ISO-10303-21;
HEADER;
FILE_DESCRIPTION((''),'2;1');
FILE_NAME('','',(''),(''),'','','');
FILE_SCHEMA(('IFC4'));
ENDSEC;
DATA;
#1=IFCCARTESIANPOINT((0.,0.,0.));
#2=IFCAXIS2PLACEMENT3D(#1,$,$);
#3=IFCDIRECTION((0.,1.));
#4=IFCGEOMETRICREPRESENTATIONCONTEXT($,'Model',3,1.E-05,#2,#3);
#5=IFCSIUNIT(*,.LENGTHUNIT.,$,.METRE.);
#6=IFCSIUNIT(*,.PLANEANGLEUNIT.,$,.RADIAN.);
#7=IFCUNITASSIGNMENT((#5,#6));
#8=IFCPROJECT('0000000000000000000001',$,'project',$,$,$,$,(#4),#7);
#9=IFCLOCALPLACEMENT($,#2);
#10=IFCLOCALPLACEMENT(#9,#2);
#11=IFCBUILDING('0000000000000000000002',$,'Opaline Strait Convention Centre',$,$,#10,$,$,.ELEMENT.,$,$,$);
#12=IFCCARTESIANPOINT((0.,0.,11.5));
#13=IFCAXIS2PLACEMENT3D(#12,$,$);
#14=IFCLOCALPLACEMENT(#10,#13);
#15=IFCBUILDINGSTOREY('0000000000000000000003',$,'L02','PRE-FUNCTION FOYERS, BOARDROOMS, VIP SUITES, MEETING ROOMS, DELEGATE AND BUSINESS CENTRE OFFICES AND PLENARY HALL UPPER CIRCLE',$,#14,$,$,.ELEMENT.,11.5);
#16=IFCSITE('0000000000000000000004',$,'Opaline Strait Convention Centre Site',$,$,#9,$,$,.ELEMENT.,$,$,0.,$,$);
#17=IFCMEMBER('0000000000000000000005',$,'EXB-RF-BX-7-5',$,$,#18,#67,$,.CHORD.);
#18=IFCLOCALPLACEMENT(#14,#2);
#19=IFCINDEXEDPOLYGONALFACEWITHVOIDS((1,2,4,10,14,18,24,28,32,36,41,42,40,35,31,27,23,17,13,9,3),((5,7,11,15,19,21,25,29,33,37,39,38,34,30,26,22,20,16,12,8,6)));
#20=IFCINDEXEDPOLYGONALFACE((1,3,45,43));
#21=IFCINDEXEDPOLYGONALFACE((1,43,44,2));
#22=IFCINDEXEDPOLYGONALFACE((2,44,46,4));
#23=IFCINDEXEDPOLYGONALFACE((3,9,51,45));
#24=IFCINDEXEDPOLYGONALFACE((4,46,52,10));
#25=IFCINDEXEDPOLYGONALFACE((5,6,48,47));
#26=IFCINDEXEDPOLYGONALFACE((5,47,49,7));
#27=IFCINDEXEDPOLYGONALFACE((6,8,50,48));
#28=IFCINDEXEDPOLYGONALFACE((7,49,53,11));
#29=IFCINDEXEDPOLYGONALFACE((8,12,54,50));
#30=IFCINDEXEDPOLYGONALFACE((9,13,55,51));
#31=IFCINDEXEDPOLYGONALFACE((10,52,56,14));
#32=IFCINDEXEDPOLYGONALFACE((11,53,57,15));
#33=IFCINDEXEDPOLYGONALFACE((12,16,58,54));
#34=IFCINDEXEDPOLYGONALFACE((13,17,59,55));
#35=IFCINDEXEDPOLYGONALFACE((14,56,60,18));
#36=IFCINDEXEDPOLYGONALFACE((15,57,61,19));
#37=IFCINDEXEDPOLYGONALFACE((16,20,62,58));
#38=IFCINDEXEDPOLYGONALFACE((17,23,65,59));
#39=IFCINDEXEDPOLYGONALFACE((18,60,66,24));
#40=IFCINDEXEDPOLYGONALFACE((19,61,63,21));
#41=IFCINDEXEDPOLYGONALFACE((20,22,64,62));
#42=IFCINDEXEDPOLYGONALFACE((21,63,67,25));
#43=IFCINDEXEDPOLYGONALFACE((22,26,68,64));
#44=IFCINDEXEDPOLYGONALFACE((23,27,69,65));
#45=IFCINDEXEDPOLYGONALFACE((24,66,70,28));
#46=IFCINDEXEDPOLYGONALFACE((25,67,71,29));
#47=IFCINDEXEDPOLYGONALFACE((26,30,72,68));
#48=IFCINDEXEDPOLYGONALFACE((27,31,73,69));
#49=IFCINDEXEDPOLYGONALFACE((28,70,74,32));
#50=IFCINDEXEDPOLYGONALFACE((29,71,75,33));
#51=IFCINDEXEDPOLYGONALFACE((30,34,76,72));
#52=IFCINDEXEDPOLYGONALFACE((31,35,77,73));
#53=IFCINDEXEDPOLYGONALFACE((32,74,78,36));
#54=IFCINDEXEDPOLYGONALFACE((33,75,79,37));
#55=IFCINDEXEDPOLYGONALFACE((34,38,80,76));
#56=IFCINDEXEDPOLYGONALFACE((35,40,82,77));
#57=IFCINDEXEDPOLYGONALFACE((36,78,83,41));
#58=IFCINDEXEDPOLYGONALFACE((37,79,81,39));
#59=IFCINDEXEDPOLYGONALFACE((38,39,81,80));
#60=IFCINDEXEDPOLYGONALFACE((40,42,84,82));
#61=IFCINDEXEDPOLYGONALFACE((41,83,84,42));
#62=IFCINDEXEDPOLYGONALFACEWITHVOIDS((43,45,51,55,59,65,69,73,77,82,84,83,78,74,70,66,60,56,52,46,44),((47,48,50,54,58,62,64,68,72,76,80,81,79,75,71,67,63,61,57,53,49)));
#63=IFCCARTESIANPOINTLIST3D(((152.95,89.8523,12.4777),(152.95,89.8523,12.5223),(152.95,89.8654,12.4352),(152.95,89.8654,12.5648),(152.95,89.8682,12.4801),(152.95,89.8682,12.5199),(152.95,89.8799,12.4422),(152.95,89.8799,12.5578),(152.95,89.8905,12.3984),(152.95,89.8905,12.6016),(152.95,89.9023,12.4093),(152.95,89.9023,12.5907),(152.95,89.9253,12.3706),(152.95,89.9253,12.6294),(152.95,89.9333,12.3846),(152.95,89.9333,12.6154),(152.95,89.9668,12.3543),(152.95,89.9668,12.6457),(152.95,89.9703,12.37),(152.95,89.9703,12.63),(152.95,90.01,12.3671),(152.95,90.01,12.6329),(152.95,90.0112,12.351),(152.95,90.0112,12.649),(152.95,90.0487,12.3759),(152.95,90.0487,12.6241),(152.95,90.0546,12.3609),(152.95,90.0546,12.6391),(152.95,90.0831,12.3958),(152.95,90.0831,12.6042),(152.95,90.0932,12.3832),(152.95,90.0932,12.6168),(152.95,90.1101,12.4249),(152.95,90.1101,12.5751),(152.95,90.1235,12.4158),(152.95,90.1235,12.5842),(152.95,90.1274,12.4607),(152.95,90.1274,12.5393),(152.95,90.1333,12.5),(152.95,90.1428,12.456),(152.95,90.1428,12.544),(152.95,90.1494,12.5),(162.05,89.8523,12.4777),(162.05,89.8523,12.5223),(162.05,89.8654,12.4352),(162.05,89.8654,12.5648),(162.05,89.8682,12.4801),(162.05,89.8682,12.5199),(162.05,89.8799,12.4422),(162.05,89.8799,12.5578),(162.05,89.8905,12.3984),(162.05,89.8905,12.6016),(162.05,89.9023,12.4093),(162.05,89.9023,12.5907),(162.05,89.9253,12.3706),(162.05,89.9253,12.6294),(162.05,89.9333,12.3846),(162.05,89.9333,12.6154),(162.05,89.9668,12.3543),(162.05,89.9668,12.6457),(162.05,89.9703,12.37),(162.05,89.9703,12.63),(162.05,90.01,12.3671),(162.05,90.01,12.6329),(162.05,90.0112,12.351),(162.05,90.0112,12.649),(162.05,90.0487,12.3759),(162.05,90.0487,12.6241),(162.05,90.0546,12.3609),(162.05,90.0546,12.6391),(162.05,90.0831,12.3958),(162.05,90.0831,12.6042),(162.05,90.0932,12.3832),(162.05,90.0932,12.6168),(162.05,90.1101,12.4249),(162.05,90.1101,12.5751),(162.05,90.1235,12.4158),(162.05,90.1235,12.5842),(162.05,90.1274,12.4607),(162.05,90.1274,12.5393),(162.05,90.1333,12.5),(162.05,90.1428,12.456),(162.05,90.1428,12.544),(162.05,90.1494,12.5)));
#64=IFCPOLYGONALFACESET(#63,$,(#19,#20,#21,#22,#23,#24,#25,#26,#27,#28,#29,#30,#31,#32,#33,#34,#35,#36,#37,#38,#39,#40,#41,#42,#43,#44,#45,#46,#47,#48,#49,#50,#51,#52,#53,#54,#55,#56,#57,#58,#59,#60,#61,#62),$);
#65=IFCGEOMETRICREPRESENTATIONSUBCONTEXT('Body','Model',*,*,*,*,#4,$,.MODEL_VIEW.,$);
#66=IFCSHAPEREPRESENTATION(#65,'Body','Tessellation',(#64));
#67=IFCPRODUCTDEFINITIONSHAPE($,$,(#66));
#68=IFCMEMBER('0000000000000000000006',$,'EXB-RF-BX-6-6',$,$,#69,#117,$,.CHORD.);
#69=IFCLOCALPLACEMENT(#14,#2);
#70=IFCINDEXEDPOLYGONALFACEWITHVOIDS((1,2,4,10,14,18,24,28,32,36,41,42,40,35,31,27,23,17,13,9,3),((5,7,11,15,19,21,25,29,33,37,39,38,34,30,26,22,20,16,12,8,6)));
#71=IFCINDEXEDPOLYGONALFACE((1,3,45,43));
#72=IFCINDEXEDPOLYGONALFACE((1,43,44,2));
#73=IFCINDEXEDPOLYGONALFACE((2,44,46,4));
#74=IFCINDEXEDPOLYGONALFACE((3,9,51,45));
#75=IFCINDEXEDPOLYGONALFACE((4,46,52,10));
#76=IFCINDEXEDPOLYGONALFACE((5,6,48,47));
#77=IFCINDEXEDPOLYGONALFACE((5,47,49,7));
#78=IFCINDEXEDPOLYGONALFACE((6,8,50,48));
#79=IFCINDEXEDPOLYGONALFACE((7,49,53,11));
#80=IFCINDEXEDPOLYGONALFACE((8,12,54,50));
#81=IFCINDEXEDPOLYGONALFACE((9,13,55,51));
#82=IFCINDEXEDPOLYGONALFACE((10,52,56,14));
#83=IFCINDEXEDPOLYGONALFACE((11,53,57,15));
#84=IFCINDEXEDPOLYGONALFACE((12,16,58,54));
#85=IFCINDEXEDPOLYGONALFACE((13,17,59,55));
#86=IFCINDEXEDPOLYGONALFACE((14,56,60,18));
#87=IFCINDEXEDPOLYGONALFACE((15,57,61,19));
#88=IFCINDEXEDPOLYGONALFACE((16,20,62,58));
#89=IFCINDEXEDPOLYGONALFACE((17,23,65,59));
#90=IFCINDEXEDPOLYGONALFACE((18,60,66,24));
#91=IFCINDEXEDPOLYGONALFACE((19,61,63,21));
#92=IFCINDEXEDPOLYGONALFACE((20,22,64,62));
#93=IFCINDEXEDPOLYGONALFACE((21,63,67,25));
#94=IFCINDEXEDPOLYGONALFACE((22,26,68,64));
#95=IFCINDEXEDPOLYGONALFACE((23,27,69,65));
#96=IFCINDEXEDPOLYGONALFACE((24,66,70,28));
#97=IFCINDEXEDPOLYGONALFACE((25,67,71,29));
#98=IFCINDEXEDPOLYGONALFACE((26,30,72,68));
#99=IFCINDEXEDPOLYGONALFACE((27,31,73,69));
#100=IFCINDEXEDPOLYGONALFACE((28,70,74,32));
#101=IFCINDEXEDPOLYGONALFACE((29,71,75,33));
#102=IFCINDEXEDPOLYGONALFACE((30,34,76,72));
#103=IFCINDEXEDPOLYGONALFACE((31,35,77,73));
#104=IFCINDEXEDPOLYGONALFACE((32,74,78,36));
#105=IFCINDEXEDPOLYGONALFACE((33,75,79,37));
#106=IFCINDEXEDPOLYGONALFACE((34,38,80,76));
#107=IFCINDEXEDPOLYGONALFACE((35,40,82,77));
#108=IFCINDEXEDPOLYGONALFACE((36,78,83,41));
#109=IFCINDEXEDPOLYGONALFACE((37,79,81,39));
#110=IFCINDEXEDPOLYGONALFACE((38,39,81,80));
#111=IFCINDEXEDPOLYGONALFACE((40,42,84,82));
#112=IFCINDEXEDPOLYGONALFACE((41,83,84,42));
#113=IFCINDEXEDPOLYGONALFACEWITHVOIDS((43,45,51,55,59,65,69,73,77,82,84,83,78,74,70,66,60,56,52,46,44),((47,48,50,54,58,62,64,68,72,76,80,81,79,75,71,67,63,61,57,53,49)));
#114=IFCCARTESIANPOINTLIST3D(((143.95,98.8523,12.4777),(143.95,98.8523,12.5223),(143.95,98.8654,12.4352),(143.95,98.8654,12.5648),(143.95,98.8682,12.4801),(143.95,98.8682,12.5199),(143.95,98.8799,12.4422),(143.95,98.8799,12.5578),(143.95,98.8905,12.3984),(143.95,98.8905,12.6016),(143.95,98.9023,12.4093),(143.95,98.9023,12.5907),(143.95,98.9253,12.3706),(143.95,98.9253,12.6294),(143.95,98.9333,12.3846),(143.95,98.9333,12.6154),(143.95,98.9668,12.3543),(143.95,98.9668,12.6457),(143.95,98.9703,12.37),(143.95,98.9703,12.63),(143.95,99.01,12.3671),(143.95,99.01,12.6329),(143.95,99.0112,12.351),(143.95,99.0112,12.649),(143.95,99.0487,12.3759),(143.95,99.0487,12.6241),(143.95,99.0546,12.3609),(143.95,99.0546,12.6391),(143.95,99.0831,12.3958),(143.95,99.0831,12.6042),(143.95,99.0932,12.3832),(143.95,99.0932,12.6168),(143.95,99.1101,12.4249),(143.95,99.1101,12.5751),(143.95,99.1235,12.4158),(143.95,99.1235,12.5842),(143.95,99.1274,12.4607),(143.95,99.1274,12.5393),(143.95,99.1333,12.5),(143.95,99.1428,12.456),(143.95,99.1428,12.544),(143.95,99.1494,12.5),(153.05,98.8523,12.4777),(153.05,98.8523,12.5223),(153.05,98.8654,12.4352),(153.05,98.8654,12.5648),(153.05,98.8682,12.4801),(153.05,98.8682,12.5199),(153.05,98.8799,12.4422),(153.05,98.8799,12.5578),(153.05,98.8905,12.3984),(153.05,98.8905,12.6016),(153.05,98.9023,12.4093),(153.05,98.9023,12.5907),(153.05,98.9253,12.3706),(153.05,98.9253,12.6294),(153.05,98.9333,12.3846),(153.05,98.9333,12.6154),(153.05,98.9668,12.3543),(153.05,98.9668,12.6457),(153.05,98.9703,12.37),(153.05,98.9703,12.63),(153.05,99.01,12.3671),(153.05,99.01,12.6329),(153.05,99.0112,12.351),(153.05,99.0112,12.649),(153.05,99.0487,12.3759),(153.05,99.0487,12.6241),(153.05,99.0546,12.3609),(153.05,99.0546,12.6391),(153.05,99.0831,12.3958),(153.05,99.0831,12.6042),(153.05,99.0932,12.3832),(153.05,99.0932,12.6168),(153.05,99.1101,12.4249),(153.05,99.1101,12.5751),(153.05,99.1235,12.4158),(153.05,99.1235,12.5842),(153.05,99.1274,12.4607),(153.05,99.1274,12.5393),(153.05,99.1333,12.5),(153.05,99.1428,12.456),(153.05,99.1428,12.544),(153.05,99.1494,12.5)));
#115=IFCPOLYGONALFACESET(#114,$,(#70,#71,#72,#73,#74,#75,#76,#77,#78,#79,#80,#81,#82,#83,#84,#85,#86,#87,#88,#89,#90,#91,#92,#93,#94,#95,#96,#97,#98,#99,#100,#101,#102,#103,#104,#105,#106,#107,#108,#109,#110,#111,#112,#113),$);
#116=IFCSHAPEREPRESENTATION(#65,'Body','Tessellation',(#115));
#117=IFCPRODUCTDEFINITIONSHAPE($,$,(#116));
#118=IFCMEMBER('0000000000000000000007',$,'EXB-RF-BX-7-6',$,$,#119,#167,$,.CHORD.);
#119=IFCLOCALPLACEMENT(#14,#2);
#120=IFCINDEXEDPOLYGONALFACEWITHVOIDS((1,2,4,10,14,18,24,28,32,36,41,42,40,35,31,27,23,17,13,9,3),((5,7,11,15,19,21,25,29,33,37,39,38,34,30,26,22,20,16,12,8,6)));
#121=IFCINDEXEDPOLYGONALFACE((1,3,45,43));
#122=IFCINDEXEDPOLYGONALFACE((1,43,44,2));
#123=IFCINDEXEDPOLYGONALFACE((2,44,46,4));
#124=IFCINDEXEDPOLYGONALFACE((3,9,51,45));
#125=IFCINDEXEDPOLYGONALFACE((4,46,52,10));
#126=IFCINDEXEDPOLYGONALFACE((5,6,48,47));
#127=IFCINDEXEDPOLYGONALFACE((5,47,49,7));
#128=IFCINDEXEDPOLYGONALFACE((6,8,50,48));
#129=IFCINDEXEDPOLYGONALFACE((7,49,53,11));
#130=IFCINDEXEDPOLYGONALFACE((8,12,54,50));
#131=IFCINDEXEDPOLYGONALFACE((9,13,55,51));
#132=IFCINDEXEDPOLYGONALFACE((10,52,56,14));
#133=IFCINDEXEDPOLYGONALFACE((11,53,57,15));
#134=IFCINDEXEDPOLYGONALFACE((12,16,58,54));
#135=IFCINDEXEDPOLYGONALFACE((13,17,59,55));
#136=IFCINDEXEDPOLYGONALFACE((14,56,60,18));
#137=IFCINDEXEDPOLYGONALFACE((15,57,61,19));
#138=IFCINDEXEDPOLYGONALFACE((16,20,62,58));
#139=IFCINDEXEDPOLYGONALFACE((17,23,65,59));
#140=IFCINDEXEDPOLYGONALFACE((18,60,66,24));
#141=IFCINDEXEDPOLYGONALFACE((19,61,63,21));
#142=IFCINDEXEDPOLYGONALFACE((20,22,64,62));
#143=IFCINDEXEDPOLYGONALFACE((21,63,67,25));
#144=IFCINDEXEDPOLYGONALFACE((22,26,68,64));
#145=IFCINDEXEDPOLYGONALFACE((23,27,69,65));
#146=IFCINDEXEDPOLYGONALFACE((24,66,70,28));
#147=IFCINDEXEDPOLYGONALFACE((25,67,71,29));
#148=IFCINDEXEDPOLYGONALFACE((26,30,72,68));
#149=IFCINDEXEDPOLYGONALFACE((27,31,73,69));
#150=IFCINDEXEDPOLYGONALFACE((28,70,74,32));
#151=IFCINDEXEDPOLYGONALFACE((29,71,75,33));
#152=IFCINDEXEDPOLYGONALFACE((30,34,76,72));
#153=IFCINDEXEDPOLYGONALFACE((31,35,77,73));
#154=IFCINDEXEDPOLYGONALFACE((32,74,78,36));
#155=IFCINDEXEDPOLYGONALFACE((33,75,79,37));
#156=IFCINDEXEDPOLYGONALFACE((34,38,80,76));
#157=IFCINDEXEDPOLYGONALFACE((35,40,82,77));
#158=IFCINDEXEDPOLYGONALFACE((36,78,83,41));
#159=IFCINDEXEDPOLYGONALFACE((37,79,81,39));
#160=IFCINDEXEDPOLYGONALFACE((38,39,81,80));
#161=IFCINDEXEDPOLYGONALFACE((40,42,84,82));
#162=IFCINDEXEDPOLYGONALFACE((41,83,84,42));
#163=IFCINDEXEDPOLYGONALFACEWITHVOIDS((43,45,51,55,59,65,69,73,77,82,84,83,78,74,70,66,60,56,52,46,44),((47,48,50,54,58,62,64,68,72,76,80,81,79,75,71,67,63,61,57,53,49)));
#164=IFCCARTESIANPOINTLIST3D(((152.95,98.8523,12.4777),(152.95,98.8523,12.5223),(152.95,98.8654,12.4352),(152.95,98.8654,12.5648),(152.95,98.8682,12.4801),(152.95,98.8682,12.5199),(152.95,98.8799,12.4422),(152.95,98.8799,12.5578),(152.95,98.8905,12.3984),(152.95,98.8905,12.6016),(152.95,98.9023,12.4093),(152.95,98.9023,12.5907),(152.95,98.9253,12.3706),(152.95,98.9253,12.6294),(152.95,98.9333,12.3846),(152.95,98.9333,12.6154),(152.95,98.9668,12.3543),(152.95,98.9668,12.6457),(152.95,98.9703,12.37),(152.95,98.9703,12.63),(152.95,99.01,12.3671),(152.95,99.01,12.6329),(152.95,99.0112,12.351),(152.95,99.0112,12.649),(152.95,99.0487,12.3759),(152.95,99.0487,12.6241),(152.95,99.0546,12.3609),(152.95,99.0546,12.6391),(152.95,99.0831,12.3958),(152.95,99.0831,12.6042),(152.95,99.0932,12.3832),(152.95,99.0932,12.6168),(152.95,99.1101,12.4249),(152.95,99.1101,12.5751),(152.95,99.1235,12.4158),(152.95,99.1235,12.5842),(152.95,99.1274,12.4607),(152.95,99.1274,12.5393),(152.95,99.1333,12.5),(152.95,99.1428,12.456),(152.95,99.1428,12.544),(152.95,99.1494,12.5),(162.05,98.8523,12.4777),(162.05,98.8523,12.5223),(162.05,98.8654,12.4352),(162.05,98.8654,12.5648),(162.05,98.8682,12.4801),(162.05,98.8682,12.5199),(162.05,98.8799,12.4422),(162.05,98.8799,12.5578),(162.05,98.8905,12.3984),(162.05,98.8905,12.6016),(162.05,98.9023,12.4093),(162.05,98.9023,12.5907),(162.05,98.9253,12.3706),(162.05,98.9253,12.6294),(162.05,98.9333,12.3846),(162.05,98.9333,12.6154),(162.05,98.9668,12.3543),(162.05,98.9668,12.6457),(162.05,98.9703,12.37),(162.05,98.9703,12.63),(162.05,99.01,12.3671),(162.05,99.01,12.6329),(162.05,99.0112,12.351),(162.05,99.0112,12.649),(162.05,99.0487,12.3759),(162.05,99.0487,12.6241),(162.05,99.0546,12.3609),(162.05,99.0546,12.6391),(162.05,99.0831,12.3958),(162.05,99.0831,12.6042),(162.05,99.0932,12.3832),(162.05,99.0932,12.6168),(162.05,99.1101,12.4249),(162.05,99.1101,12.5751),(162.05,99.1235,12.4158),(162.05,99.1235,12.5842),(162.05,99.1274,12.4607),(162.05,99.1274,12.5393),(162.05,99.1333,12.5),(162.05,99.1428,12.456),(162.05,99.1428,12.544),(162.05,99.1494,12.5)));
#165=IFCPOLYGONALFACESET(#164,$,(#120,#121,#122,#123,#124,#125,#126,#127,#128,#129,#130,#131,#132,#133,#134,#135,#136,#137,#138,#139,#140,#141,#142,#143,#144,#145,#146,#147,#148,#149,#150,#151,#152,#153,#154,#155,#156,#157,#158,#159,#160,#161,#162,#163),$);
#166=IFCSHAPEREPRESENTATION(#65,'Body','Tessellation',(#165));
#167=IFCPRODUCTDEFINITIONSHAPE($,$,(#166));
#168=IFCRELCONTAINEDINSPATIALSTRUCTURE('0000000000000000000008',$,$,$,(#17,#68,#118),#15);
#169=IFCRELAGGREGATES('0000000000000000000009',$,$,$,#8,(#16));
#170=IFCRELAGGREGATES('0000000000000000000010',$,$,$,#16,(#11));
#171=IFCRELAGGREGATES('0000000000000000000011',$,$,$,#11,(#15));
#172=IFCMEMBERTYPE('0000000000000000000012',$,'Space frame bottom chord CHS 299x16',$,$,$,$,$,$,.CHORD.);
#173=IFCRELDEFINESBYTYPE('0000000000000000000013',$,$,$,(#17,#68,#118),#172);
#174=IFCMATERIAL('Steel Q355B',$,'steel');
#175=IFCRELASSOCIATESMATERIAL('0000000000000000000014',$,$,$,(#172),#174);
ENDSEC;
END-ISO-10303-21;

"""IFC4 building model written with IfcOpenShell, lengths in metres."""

from ifc_helpers import new_model, si_unit, direction, frame, origin, origin_2d, place, context, subcontext, project, spatial, hollow_circle, extrude, material, material_profile, profile_set, type_object, element, save


model = new_model("IFC4")

# Units and contexts
model_context = context("Model", 3, precision=1e-05, world=origin(), true_north=direction((0.0, 1.0)))
body_context = subcontext(model_context, "Body", "Model", "MODEL_VIEW")
ifc_project = project(units=[si_unit("LENGTHUNIT", "METRE"), si_unit("PLANEANGLEUNIT", "RADIAN")], contexts=[model_context])

# Site, building, storey
site_placement = place(None, origin())
site = spatial("IfcSite", under=ifc_project, at=site_placement, Name="Opaline Strait Convention Centre Site", CompositionType="ELEMENT", RefElevation=0.0)
building_placement = place(site_placement, origin())
building = spatial("IfcBuilding", under=site, at=building_placement, Name="Opaline Strait Convention Centre", CompositionType="ELEMENT")
storey_placement = place(building_placement, frame((0.0, 0.0, 11.5)))
storey = spatial("IfcBuildingStorey", under=building, at=storey_placement, Name="L02", Description="PRE-FUNCTION FOYERS, BOARDROOMS, VIP SUITES, MEETING ROOMS, DELEGATE AND BUSINESS CENTRE OFFICES AND PLENARY HALL UPPER CIRCLE", CompositionType="ELEMENT", Elevation=11.5)

# Members
ifc_material = material(Name="Steel Q355B", Category="steel")
ifc_material_profile_1 = material_profile(ifc_material, hollow_circle(Radius=0.1494, WallThickness=0.0161, at=origin_2d()), Name="CHS 299x16")
ifc_profile_set_1 = profile_set([ifc_material_profile_1], Name="Steel Q355B")
member_type_1 = type_object("IfcMemberType", Name="Space frame bottom chord CHS 299x16", PredefinedType="CHORD", material=ifc_profile_set_1)
for number, where, z_axis, x_axis, name in (
    (1, (152.95, 90.0, 12.5), (1.0, 0.0, 0.0), (0.0, 1.0, 0.0), "EXB-RF-BX-7-5"),
    (2, (143.95, 99.0, 12.5), (1.0, 0.0, 0.0), (0.0, 1.0, 0.0), "EXB-RF-BX-6-6"),
    (3, (152.95, 99.0, 12.5), (1.0, 0.0, 0.0), (0.0, 1.0, 0.0), "EXB-RF-BX-7-6"),
):
    element("IfcMember", number, at=place(storey_placement, frame(where, z_axis=z_axis, x_axis=x_axis)), inside=storey, type_object=member_type_1, Name=name, PredefinedType="CHORD", context=body_context, shape_type="SweptSolid", body=[
        extrude(hollow_circle(Radius=0.1494, WallThickness=0.0161, at=origin_2d()), origin(), (0.0, 0.0, 1.0), 9.1001),
    ])

save(model, "model.ifc")
